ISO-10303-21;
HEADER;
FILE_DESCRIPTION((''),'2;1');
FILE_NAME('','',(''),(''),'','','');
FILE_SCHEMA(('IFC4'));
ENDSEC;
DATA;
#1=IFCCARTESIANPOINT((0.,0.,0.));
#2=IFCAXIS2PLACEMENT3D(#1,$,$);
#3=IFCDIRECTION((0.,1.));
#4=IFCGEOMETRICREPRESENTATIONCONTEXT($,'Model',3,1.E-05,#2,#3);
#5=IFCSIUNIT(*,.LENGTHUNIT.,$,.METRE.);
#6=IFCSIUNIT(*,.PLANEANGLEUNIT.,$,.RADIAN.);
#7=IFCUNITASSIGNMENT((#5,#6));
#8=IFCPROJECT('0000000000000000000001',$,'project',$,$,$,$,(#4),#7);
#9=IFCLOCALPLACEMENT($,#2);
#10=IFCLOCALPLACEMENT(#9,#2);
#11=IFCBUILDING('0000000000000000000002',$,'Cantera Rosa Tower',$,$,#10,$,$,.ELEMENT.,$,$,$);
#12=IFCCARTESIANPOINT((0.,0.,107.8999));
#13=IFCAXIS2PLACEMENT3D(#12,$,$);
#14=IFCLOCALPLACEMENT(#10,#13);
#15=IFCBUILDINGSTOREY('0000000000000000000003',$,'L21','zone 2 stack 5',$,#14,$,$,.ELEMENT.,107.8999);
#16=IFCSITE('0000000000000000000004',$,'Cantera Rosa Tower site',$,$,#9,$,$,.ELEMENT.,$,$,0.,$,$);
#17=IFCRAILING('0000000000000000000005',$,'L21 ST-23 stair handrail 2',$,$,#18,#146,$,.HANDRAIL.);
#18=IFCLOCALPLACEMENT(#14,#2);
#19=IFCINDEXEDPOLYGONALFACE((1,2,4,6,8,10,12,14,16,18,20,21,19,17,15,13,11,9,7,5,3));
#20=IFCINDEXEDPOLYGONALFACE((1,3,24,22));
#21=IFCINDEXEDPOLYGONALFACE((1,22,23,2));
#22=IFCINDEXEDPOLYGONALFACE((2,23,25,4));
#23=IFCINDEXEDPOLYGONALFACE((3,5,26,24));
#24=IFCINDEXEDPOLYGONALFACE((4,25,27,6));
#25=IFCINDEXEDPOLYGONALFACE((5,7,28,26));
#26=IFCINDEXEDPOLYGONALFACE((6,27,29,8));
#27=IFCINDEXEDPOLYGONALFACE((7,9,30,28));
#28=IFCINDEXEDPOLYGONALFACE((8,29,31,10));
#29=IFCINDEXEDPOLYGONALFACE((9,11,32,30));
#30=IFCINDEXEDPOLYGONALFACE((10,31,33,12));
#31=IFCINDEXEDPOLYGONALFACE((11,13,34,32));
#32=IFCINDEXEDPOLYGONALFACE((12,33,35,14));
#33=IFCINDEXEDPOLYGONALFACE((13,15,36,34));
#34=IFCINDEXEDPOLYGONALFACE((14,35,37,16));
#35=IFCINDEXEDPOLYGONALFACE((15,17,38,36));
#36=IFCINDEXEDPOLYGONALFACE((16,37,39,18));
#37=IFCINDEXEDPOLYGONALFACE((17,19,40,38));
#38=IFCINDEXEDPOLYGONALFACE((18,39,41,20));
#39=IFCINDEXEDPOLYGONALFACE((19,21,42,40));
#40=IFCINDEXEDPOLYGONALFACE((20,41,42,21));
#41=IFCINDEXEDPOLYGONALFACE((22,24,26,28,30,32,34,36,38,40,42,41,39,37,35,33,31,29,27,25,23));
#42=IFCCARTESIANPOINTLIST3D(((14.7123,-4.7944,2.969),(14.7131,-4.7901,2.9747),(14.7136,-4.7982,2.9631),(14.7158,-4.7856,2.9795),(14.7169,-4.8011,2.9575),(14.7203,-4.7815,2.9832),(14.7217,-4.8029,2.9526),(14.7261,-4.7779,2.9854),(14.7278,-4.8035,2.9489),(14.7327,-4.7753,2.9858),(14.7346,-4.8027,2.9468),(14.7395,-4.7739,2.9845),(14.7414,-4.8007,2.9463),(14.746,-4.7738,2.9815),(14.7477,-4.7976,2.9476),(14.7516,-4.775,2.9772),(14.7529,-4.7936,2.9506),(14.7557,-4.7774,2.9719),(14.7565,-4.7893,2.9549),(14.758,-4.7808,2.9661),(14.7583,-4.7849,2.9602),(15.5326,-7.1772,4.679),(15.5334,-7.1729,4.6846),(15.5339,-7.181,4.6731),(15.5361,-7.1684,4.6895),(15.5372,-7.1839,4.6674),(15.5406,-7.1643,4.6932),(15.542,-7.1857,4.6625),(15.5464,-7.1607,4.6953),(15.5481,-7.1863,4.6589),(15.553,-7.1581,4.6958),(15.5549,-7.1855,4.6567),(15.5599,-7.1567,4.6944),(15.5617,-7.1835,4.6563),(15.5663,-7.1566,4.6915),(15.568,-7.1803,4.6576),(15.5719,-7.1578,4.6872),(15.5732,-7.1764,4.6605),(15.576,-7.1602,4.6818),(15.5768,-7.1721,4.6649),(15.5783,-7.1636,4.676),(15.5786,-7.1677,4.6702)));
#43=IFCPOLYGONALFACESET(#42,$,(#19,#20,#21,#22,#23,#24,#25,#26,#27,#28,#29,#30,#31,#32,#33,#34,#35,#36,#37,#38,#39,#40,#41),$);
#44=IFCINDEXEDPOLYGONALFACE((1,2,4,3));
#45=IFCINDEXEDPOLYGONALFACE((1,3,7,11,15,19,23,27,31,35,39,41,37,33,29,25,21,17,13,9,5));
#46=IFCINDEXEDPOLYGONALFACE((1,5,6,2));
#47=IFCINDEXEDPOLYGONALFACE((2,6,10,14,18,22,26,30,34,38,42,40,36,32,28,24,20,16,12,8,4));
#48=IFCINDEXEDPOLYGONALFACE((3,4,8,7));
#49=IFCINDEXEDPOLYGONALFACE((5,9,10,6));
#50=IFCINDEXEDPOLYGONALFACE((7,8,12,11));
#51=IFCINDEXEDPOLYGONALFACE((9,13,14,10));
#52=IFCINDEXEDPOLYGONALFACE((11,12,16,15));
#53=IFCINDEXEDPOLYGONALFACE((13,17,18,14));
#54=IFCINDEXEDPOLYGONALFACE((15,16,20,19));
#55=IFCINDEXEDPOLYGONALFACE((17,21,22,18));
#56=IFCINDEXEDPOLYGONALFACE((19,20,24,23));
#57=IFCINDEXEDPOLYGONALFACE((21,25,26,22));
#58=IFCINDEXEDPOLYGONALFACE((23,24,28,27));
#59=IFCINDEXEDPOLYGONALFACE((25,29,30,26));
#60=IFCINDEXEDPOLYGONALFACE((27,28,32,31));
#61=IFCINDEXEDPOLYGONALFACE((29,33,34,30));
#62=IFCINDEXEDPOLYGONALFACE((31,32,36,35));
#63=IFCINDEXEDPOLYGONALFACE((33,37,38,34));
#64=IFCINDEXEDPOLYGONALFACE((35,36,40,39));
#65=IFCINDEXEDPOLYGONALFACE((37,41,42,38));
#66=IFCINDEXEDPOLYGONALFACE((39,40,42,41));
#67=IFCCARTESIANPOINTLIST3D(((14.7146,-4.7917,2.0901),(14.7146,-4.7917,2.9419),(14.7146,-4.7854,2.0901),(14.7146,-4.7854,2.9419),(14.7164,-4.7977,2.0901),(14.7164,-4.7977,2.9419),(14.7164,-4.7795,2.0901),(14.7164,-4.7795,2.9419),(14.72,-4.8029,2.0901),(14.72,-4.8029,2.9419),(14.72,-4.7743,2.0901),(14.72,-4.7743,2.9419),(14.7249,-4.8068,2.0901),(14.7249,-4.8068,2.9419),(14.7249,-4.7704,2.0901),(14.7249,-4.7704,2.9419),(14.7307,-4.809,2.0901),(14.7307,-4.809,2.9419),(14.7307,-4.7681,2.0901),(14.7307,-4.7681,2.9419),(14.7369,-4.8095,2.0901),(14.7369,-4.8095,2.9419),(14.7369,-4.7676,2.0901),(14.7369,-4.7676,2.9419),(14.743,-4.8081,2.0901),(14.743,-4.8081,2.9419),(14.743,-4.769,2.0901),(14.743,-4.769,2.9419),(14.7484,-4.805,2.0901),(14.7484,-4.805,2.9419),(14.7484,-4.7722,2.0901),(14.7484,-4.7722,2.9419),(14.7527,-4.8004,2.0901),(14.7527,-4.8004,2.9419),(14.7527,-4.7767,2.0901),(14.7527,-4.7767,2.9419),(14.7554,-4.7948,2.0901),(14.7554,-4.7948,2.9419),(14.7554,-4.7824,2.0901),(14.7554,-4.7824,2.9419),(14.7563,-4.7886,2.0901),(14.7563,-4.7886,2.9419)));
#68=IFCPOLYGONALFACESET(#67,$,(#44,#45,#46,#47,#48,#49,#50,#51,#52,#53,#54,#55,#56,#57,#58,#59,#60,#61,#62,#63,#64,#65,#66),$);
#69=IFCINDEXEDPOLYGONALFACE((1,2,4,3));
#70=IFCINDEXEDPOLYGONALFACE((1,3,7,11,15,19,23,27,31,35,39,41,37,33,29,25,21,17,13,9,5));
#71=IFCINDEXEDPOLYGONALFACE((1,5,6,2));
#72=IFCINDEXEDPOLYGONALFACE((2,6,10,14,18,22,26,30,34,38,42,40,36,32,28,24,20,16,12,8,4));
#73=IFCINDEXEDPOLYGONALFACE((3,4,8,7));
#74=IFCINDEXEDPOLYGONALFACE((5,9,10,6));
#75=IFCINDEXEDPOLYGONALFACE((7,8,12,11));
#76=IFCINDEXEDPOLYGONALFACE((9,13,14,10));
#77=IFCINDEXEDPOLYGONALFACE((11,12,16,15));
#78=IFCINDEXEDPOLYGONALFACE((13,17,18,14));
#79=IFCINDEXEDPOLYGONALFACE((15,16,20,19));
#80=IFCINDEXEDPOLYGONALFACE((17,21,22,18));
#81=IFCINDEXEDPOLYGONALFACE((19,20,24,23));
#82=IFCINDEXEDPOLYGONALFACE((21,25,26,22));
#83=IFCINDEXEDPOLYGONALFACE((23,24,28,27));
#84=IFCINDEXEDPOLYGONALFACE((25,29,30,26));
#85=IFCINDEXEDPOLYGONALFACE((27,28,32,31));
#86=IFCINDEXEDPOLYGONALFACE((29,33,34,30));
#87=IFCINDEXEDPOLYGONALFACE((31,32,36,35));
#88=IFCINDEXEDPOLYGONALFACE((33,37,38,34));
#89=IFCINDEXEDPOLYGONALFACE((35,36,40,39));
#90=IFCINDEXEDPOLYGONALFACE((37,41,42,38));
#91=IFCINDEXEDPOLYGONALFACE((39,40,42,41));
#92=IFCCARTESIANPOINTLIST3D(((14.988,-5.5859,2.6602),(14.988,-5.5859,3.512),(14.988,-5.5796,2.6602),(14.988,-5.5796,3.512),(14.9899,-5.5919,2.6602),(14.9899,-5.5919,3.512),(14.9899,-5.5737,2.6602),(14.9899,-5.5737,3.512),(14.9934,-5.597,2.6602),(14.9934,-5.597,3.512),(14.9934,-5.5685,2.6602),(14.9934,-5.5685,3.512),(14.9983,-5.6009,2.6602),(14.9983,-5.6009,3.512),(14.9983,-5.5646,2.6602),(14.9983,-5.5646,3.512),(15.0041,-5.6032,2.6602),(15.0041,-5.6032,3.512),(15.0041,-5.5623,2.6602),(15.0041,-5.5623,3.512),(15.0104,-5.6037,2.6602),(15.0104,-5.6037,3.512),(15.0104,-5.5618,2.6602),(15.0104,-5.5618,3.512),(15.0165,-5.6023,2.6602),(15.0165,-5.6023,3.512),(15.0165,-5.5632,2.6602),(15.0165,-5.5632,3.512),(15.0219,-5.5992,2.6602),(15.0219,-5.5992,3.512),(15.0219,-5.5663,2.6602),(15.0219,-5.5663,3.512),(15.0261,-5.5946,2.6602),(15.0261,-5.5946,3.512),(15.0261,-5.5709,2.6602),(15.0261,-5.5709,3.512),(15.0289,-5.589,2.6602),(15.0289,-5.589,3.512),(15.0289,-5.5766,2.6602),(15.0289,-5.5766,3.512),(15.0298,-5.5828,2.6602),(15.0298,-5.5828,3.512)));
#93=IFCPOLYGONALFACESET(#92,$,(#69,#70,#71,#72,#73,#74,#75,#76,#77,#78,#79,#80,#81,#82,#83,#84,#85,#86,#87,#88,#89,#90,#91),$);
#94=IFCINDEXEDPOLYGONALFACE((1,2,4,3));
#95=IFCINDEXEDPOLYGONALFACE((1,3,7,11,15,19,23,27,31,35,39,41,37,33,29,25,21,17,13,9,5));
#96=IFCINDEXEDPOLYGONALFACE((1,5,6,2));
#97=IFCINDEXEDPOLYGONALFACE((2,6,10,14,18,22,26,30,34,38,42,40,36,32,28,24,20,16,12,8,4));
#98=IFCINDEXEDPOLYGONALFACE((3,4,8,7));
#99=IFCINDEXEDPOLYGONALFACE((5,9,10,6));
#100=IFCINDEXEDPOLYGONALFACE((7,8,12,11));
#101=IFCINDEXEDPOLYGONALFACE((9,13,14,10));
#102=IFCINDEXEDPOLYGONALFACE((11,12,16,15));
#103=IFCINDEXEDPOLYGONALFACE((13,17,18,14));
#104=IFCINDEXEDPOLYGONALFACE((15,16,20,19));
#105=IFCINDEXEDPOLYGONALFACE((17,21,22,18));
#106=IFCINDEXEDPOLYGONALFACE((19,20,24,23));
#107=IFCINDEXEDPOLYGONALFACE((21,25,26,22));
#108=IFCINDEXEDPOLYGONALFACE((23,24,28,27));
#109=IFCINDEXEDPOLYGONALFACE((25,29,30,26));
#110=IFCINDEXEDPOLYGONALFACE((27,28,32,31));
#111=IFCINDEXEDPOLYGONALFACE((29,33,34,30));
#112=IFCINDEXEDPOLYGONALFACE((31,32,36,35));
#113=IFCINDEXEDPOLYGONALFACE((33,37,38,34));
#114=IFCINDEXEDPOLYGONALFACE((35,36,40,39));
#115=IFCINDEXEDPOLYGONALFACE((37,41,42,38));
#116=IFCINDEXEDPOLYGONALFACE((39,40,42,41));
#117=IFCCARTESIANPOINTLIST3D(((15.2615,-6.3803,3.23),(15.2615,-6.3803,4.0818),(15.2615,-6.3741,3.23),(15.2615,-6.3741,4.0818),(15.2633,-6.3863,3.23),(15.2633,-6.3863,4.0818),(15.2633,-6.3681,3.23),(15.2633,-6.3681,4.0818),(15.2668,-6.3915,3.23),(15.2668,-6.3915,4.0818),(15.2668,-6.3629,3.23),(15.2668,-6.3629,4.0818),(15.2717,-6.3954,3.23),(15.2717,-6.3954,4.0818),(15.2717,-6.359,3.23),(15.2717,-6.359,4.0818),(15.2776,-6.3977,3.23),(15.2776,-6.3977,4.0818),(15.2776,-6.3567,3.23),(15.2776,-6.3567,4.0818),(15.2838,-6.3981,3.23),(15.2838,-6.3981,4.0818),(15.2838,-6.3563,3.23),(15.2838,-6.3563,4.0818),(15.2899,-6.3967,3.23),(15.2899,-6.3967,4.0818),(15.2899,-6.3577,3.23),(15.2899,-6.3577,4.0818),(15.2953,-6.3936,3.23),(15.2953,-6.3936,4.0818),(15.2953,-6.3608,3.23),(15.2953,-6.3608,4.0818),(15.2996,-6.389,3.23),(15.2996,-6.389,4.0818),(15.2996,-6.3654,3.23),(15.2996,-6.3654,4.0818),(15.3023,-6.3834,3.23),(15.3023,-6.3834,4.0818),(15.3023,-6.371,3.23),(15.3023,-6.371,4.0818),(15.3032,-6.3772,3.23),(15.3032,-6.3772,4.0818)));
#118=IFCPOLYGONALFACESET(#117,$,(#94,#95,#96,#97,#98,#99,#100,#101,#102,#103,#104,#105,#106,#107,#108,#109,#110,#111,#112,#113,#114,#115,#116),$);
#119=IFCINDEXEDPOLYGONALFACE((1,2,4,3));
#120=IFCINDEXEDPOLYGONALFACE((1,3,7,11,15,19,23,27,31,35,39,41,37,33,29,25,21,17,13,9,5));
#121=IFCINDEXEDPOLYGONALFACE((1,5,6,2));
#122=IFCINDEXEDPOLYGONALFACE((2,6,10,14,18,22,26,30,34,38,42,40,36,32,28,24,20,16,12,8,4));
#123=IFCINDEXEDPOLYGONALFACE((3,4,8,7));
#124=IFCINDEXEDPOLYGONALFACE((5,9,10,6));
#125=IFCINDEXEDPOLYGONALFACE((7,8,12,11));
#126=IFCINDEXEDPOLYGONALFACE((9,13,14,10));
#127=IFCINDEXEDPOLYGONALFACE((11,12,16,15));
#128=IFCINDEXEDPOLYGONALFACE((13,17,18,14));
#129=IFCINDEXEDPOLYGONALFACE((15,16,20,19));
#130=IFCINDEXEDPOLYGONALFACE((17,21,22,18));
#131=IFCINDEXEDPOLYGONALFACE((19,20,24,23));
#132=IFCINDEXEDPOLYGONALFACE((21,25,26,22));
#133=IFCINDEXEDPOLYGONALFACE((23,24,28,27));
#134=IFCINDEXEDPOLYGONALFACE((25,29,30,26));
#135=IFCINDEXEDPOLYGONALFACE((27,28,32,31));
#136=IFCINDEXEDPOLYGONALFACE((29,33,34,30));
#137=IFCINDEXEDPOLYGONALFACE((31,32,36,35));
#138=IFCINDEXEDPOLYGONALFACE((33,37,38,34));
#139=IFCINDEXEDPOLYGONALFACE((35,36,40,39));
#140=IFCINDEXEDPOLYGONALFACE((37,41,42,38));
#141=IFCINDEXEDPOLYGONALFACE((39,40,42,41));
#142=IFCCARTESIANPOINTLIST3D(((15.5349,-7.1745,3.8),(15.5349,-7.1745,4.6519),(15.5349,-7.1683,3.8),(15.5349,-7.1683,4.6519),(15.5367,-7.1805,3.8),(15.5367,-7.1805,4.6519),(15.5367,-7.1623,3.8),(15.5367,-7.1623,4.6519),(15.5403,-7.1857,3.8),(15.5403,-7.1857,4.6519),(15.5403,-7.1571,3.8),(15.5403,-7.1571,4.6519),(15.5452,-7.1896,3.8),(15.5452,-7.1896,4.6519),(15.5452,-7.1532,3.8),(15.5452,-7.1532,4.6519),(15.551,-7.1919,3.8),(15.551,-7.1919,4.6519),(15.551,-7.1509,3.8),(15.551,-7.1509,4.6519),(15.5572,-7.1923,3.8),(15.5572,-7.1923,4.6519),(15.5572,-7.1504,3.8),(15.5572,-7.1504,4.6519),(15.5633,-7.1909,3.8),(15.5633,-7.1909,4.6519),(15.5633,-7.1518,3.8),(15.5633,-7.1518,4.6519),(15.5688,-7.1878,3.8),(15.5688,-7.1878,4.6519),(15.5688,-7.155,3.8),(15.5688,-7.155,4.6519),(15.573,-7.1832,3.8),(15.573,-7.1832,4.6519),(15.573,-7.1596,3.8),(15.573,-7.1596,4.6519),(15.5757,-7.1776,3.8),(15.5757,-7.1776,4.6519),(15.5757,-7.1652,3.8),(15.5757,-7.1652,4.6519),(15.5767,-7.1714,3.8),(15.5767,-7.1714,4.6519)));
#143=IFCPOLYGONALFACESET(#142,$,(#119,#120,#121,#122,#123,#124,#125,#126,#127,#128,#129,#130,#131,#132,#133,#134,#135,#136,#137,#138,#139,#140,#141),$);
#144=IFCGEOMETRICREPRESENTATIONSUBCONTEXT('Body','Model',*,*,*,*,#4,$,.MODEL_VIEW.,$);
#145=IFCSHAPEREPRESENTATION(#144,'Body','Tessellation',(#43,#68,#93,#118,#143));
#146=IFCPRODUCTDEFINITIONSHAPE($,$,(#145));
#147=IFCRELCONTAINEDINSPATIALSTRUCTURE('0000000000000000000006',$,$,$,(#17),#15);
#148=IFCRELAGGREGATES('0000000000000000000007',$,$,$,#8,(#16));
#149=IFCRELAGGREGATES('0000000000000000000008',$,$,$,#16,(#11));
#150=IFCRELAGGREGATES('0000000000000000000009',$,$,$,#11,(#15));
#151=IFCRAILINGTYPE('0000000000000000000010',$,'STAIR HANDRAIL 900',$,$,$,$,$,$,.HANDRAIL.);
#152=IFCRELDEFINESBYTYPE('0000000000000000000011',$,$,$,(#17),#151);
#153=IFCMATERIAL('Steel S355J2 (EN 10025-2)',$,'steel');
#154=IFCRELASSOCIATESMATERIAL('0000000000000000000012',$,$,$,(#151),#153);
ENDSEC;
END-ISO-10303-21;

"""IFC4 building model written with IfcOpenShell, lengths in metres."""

from ifc_helpers import new_model, si_unit, direction, frame, origin, origin_2d, place, context, subcontext, project, spatial, circle, extrude, material, type_object, element, save


model = new_model("IFC4")

# Units and contexts
model_context = context("Model", 3, precision=1e-05, world=origin(), true_north=direction((0.0, 1.0)))
body_context = subcontext(model_context, "Body", "Model", "MODEL_VIEW")
ifc_project = project(units=[si_unit("LENGTHUNIT", "METRE"), si_unit("PLANEANGLEUNIT", "RADIAN")], contexts=[model_context])

# Site, building, storey
site_placement = place(None, origin())
site = spatial("IfcSite", under=ifc_project, at=site_placement, Name="Cantera Rosa Tower site", CompositionType="ELEMENT", RefElevation=0.0)
building_placement = place(site_placement, origin())
building = spatial("IfcBuilding", under=site, at=building_placement, Name="Cantera Rosa Tower", CompositionType="ELEMENT")
storey_placement = place(building_placement, frame((0.0, 0.0, 107.8999)))
storey = spatial("IfcBuildingStorey", under=building, at=storey_placement, Name="L21", Description="zone 2 stack 5", CompositionType="ELEMENT", Elevation=107.8999)

# Railing
ifc_material_1 = material(Name="Steel S355J2 (EN 10025-2)", Category="steel")
railing_type_1 = type_object("IfcRailingType", Name="STAIR HANDRAIL 900", PredefinedType="HANDRAIL", material=ifc_material_1)
railing_1_placement = place(storey_placement, frame((14.7354, -4.7886, 2.0901)))
element("IfcRailing", 1, at=railing_1_placement, inside=storey, type_object=railing_type_1, Name="L21 ST-23 stair handrail 2", PredefinedType="HANDRAIL", context=body_context, shape_type="SweptSolid", body=[
    extrude(circle(Radius=0.0239, at=origin_2d()), frame((0.0, 0.0, 0.876), z_axis=(0.269358, -0.782421, 0.561483), x_axis=(0.945538, 0.325513, 0.0)), (0.0, 0.0, 1.0), 3.0454),
    extrude(circle(Radius=0.021, at=origin_2d()), origin(), (0.0, 0.0, 1.0), 0.8518),
    extrude(circle(Radius=0.021, at=origin_2d()), frame((0.2734, -0.7942, 0.5701)), (0.0, 0.0, 1.0), 0.8518),
    extrude(circle(Radius=0.021, at=origin_2d()), frame((0.5469, -1.5886, 1.1399)), (0.0, 0.0, 1.0), 0.8518),
    extrude(circle(Radius=0.021, at=origin_2d()), frame((0.8203, -2.3828, 1.71)), (0.0, 0.0, 1.0), 0.8518),
])

save(model, "model.ifc")
